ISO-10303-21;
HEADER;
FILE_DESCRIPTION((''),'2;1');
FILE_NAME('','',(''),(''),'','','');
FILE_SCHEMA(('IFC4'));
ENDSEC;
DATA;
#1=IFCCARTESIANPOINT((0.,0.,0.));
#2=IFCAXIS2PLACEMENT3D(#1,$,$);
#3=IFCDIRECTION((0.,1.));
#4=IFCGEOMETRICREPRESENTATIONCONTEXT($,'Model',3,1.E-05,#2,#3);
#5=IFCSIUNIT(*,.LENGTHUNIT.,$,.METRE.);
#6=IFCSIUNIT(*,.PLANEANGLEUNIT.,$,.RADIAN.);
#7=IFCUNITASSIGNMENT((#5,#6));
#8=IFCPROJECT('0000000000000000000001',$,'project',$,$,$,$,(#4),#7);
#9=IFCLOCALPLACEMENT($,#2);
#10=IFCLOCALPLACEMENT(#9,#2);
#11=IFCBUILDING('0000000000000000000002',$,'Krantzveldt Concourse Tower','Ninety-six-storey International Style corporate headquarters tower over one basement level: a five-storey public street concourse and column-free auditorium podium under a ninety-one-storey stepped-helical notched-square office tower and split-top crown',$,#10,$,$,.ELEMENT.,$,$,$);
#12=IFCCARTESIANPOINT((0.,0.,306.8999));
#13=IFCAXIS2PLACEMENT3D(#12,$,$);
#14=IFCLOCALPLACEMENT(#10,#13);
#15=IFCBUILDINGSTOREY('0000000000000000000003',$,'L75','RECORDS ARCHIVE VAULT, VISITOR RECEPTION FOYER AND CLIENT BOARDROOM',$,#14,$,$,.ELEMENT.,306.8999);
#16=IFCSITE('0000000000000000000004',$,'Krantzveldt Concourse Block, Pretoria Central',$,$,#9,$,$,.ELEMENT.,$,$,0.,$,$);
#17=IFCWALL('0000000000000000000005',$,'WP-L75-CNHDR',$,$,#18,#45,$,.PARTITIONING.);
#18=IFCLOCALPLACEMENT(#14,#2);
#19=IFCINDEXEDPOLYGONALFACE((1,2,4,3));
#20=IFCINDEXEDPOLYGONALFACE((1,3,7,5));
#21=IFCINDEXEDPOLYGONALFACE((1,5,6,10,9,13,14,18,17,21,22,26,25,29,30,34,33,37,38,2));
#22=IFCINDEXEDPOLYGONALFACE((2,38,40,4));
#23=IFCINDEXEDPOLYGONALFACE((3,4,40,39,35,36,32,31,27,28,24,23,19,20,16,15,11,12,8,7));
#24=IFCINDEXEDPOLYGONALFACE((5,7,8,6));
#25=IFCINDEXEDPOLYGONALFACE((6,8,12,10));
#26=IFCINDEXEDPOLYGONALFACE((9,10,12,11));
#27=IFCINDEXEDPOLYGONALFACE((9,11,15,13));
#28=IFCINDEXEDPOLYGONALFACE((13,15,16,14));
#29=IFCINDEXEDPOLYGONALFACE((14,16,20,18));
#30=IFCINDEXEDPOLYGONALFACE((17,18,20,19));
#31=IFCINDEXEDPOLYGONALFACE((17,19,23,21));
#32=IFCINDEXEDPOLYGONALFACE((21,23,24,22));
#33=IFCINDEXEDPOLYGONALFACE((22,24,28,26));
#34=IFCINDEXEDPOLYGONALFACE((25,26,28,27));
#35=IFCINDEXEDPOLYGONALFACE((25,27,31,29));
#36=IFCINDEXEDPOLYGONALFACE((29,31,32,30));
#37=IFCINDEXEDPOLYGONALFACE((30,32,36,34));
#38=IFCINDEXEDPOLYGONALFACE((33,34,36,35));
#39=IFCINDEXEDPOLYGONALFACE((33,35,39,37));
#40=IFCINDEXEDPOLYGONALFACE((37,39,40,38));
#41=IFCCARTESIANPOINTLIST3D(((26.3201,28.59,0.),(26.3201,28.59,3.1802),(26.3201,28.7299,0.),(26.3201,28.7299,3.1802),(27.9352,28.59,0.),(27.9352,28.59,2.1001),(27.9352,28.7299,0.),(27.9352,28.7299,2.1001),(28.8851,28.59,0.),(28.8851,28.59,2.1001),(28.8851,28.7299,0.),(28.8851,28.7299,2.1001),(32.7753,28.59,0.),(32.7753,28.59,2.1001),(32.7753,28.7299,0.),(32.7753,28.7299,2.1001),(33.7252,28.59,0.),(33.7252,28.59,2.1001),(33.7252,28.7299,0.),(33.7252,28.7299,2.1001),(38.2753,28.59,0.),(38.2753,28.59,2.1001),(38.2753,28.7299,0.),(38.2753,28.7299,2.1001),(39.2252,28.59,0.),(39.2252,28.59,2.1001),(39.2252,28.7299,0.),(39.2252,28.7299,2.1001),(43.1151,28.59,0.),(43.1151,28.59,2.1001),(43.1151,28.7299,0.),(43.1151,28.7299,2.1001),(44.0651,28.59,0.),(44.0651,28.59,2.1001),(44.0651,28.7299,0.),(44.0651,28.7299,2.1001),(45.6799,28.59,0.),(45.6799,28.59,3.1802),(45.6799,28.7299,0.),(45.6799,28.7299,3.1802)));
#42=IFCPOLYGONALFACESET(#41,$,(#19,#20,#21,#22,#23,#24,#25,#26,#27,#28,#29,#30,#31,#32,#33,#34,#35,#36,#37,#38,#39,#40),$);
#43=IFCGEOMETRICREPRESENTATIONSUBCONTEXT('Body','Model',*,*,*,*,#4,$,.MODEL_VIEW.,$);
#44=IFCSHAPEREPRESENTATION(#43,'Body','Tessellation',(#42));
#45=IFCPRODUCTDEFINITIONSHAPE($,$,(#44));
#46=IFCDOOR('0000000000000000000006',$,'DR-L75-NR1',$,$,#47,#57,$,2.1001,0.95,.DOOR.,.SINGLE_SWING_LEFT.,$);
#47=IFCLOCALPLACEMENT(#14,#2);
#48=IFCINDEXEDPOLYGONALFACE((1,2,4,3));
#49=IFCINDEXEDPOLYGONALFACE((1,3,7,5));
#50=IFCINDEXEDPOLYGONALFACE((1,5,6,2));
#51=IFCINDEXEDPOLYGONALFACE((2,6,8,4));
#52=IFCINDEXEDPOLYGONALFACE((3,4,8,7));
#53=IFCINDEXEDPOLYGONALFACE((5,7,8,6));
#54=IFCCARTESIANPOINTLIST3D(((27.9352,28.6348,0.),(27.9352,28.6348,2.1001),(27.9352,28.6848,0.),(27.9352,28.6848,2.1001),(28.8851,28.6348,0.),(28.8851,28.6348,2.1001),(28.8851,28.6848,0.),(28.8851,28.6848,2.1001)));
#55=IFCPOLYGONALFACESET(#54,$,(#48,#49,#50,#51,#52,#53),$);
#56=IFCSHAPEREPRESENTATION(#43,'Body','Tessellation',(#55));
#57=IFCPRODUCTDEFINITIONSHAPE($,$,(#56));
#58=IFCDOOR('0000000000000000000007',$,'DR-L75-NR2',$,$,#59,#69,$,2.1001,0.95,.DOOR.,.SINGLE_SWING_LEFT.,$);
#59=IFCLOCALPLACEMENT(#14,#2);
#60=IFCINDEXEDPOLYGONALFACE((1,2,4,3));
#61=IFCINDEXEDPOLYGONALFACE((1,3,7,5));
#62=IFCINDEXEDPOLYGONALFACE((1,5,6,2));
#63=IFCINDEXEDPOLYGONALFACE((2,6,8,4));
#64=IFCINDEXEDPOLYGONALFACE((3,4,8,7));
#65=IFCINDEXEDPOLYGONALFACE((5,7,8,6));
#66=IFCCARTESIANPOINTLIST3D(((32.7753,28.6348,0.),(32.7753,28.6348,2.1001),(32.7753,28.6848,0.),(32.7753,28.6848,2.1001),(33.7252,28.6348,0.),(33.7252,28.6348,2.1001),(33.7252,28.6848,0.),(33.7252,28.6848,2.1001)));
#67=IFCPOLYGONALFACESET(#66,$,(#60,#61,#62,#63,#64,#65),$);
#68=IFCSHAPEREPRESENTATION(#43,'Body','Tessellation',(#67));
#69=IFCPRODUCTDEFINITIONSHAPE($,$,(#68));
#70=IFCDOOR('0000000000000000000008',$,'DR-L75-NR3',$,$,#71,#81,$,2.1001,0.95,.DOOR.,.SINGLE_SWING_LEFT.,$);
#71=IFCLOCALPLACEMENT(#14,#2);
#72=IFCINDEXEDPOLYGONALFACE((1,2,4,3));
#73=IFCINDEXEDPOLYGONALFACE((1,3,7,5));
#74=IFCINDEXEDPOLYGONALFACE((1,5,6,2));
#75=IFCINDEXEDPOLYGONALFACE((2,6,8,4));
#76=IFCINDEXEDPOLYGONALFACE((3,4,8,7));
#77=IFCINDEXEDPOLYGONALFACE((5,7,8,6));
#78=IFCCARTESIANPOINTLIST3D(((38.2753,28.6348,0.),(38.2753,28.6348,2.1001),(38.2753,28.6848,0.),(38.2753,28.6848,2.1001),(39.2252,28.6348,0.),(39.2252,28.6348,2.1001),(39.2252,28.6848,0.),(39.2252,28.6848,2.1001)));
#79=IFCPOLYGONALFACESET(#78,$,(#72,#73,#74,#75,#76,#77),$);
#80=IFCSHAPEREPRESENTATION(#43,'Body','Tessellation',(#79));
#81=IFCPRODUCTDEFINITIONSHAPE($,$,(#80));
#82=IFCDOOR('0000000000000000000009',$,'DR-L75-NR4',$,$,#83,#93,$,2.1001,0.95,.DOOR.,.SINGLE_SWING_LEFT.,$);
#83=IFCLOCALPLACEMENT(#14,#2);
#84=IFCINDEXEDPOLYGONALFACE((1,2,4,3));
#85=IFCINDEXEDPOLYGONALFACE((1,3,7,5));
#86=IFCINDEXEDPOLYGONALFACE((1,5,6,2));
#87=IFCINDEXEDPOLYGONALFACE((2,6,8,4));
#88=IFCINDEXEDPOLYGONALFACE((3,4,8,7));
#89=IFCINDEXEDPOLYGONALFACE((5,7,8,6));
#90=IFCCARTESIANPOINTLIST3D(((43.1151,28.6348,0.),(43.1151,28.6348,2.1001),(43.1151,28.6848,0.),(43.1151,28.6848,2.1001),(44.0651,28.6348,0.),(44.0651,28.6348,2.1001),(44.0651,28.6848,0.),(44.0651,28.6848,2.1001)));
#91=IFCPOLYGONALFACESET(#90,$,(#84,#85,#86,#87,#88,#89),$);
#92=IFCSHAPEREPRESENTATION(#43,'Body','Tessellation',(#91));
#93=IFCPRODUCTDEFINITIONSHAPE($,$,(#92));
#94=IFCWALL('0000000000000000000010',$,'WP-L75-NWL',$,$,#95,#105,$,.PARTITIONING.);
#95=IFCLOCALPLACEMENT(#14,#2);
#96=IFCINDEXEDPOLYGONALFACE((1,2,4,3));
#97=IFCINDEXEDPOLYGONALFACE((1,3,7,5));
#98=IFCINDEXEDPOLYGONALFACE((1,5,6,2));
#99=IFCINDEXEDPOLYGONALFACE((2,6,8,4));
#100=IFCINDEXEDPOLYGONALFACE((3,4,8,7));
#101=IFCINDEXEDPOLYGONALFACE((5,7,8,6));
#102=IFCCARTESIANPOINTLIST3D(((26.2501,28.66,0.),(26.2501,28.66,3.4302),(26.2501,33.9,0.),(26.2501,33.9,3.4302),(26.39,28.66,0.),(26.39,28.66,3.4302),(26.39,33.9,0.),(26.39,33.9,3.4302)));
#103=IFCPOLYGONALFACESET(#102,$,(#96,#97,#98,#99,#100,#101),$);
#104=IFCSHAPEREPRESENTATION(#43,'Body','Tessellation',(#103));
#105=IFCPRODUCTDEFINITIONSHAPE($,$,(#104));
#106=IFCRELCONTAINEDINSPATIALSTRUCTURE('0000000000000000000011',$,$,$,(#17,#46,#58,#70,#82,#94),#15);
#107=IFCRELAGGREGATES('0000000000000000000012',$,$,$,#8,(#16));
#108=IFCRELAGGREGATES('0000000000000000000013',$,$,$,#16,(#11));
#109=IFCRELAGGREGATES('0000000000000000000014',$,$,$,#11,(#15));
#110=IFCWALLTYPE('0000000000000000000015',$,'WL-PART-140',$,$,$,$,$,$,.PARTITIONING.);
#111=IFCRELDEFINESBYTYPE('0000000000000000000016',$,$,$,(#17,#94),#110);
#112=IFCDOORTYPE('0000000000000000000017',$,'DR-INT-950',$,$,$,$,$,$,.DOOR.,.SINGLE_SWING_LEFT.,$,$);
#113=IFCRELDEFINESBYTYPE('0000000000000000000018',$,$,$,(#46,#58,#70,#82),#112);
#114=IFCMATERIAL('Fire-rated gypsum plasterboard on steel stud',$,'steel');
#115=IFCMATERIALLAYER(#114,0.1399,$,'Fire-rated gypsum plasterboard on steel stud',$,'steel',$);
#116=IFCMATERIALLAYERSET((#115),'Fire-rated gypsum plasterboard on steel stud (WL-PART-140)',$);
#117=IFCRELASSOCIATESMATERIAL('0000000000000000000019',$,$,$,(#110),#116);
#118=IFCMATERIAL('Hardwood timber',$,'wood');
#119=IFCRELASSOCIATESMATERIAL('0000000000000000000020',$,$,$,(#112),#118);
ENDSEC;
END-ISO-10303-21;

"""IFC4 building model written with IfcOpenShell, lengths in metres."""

from ifc_helpers import new_model, si_unit, direction, frame, frame_2d, origin, place, context, subcontext, project, spatial, rectangle, extrude, material, layer, layer_set, type_object, element, fill, save


model = new_model("IFC4")

# Units and contexts
model_context = context("Model", 3, precision=1e-05, world=origin(), true_north=direction((0.0, 1.0)))
body_context = subcontext(model_context, "Body", "Model", "MODEL_VIEW")
ifc_project = project(units=[si_unit("LENGTHUNIT", "METRE"), si_unit("PLANEANGLEUNIT", "RADIAN")], contexts=[model_context])

# Site, building, storey
site_placement = place(None, origin())
site = spatial("IfcSite", under=ifc_project, at=site_placement, Name="Krantzveldt Concourse Block, Pretoria Central", CompositionType="ELEMENT", RefElevation=0.0)
building_placement = place(site_placement, origin())
building = spatial("IfcBuilding", under=site, at=building_placement, Name="Krantzveldt Concourse Tower", Description="Ninety-six-storey International Style corporate headquarters tower over one basement level: a five-storey public street concourse and column-free auditorium podium under a ninety-one-storey stepped-helical notched-square office tower and split-top crown", CompositionType="ELEMENT")
storey_placement = place(building_placement, frame((0.0, 0.0, 306.8999)))
storey = spatial("IfcBuildingStorey", under=building, at=storey_placement, Name="L75", Description="RECORDS ARCHIVE VAULT, VISITOR RECEPTION FOYER AND CLIENT BOARDROOM", CompositionType="ELEMENT", Elevation=306.8999)

# Shared definitions
ifc_material_1 = material(Name="Fire-rated gypsum plasterboard on steel stud", Category="steel")
ifc_material_2 = material(Name="Hardwood timber", Category="wood")

# Wall, openings, doors
ifc_layer_1 = layer(ifc_material_1, 0.1399, Name="Fire-rated gypsum plasterboard on steel stud", Category="steel")
ifc_layer_set_1 = layer_set([ifc_layer_1], Name="Fire-rated gypsum plasterboard on steel stud (WL-PART-140)")
wall_type_1 = type_object("IfcWallType", Name="WL-PART-140", PredefinedType="PARTITIONING", material=ifc_layer_set_1)
wall_1_placement = place(storey_placement, frame((26.3201, 28.6599, 0.0), z_axis=(0.0, 0.0, 1.0), x_axis=(1.0, 0.0, 0.0)))
wall_1 = element("IfcWall", 1, at=wall_1_placement, inside=storey, type_object=wall_type_1, Name="WP-L75-CNHDR", PredefinedType="PARTITIONING", context=body_context, shape_type="SweptSolid", body=[
    extrude(rectangle(XDim=19.3599, YDim=0.1399, at=frame_2d((9.6799, 0.0))), origin(), (0.0, 0.0, 1.0), 3.1802),
])
opening_1_placement = place(wall_1_placement, frame((1.615, 0.0, 0.0)))
opening_1 = element("IfcOpeningElement", 2, at=opening_1_placement, cuts=wall_1, PredefinedType="OPENING", context=body_context, shape_type="SweptSolid", body=[
    extrude(rectangle(XDim=0.95, YDim=2.1001, at=frame_2d((0.4751, 1.05))), frame((0.0, 0.0801, 0.0), z_axis=(0.0, -1.0, 0.0), x_axis=(1.0, 0.0, 0.0)), (0.0, 0.0, 1.0), 0.1599),
])
opening_2_placement = place(wall_1_placement, frame((6.4551, 0.0, 0.0)))
opening_2 = element("IfcOpeningElement", 3, at=opening_2_placement, cuts=wall_1, PredefinedType="OPENING", context=body_context, shape_type="SweptSolid", body=[
    extrude(rectangle(XDim=0.95, YDim=2.1001, at=frame_2d((0.4751, 1.05))), frame((0.0, 0.0801, 0.0), z_axis=(0.0, -1.0, 0.0), x_axis=(1.0, 0.0, 0.0)), (0.0, 0.0, 1.0), 0.1599),
])
opening_3_placement = place(wall_1_placement, frame((11.9551, 0.0, 0.0)))
opening_3 = element("IfcOpeningElement", 4, at=opening_3_placement, cuts=wall_1, PredefinedType="OPENING", context=body_context, shape_type="SweptSolid", body=[
    extrude(rectangle(XDim=0.95, YDim=2.1001, at=frame_2d((0.4751, 1.05))), frame((0.0, 0.0801, 0.0), z_axis=(0.0, -1.0, 0.0), x_axis=(1.0, 0.0, 0.0)), (0.0, 0.0, 1.0), 0.1599),
])
opening_4_placement = place(wall_1_placement, frame((16.7949, 0.0, 0.0)))
opening_4 = element("IfcOpeningElement", 5, at=opening_4_placement, cuts=wall_1, PredefinedType="OPENING", context=body_context, shape_type="SweptSolid", body=[
    extrude(rectangle(XDim=0.95, YDim=2.1001, at=frame_2d((0.4751, 1.05))), frame((0.0, 0.0801, 0.0), z_axis=(0.0, -1.0, 0.0), x_axis=(1.0, 0.0, 0.0)), (0.0, 0.0, 1.0), 0.1599),
])
door_type_1 = type_object("IfcDoorType", Name="DR-INT-950", OperationType="SINGLE_SWING_LEFT", PredefinedType="DOOR", material=ifc_material_2)
door_1_placement = place(opening_1_placement, origin())
door_1 = element("IfcDoor", 6, at=door_1_placement, inside=storey, type_object=door_type_1, Name="DR-L75-NR1", OperationType="SINGLE_SWING_LEFT", OverallHeight=2.1001, OverallWidth=0.95, PredefinedType="DOOR", context=body_context, shape_type="SweptSolid", body=[
    extrude(rectangle(XDim=0.95, YDim=2.1001, at=frame_2d((0.4751, 1.05))), frame((0.0, 0.0249, 0.0), z_axis=(0.0, -1.0, 0.0), x_axis=(1.0, 0.0, 0.0)), (0.0, 0.0, 1.0), 0.05),
])
fill(opening_1, door_1)
door_2_placement = place(opening_2_placement, origin())
door_2 = element("IfcDoor", 7, at=door_2_placement, inside=storey, type_object=door_type_1, Name="DR-L75-NR2", OperationType="SINGLE_SWING_LEFT", OverallHeight=2.1001, OverallWidth=0.95, PredefinedType="DOOR", context=body_context, shape_type="SweptSolid", body=[
    extrude(rectangle(XDim=0.95, YDim=2.1001, at=frame_2d((0.4751, 1.05))), frame((0.0, 0.0249, 0.0), z_axis=(0.0, -1.0, 0.0), x_axis=(1.0, 0.0, 0.0)), (0.0, 0.0, 1.0), 0.05),
])
fill(opening_2, door_2)
door_3_placement = place(opening_3_placement, origin())
door_3 = element("IfcDoor", 8, at=door_3_placement, inside=storey, type_object=door_type_1, Name="DR-L75-NR3", OperationType="SINGLE_SWING_LEFT", OverallHeight=2.1001, OverallWidth=0.95, PredefinedType="DOOR", context=body_context, shape_type="SweptSolid", body=[
    extrude(rectangle(XDim=0.95, YDim=2.1001, at=frame_2d((0.4751, 1.05))), frame((0.0, 0.0249, 0.0), z_axis=(0.0, -1.0, 0.0), x_axis=(1.0, 0.0, 0.0)), (0.0, 0.0, 1.0), 0.05),
])
fill(opening_3, door_3)
door_4_placement = place(opening_4_placement, origin())
door_4 = element("IfcDoor", 9, at=door_4_placement, inside=storey, type_object=door_type_1, Name="DR-L75-NR4", OperationType="SINGLE_SWING_LEFT", OverallHeight=2.1001, OverallWidth=0.95, PredefinedType="DOOR", context=body_context, shape_type="SweptSolid", body=[
    extrude(rectangle(XDim=0.95, YDim=2.1001, at=frame_2d((0.4751, 1.05))), frame((0.0, 0.0249, 0.0), z_axis=(0.0, -1.0, 0.0), x_axis=(1.0, 0.0, 0.0)), (0.0, 0.0, 1.0), 0.05),
])
fill(opening_4, door_4)

# Wall
wall_2_placement = place(storey_placement, frame((26.3201, 28.6599, 0.0), z_axis=(0.0, 0.0, 1.0), x_axis=(0.0, 1.0, 0.0)))
element("IfcWall", 10, at=wall_2_placement, inside=storey, type_object=wall_type_1, Name="WP-L75-NWL", PredefinedType="PARTITIONING", context=body_context, shape_type="SweptSolid", body=[
    extrude(rectangle(XDim=5.24, YDim=0.1399, at=frame_2d((2.6201, 0.0))), origin(), (0.0, 0.0, 1.0), 3.4302),
])

save(model, "model.ifc")
